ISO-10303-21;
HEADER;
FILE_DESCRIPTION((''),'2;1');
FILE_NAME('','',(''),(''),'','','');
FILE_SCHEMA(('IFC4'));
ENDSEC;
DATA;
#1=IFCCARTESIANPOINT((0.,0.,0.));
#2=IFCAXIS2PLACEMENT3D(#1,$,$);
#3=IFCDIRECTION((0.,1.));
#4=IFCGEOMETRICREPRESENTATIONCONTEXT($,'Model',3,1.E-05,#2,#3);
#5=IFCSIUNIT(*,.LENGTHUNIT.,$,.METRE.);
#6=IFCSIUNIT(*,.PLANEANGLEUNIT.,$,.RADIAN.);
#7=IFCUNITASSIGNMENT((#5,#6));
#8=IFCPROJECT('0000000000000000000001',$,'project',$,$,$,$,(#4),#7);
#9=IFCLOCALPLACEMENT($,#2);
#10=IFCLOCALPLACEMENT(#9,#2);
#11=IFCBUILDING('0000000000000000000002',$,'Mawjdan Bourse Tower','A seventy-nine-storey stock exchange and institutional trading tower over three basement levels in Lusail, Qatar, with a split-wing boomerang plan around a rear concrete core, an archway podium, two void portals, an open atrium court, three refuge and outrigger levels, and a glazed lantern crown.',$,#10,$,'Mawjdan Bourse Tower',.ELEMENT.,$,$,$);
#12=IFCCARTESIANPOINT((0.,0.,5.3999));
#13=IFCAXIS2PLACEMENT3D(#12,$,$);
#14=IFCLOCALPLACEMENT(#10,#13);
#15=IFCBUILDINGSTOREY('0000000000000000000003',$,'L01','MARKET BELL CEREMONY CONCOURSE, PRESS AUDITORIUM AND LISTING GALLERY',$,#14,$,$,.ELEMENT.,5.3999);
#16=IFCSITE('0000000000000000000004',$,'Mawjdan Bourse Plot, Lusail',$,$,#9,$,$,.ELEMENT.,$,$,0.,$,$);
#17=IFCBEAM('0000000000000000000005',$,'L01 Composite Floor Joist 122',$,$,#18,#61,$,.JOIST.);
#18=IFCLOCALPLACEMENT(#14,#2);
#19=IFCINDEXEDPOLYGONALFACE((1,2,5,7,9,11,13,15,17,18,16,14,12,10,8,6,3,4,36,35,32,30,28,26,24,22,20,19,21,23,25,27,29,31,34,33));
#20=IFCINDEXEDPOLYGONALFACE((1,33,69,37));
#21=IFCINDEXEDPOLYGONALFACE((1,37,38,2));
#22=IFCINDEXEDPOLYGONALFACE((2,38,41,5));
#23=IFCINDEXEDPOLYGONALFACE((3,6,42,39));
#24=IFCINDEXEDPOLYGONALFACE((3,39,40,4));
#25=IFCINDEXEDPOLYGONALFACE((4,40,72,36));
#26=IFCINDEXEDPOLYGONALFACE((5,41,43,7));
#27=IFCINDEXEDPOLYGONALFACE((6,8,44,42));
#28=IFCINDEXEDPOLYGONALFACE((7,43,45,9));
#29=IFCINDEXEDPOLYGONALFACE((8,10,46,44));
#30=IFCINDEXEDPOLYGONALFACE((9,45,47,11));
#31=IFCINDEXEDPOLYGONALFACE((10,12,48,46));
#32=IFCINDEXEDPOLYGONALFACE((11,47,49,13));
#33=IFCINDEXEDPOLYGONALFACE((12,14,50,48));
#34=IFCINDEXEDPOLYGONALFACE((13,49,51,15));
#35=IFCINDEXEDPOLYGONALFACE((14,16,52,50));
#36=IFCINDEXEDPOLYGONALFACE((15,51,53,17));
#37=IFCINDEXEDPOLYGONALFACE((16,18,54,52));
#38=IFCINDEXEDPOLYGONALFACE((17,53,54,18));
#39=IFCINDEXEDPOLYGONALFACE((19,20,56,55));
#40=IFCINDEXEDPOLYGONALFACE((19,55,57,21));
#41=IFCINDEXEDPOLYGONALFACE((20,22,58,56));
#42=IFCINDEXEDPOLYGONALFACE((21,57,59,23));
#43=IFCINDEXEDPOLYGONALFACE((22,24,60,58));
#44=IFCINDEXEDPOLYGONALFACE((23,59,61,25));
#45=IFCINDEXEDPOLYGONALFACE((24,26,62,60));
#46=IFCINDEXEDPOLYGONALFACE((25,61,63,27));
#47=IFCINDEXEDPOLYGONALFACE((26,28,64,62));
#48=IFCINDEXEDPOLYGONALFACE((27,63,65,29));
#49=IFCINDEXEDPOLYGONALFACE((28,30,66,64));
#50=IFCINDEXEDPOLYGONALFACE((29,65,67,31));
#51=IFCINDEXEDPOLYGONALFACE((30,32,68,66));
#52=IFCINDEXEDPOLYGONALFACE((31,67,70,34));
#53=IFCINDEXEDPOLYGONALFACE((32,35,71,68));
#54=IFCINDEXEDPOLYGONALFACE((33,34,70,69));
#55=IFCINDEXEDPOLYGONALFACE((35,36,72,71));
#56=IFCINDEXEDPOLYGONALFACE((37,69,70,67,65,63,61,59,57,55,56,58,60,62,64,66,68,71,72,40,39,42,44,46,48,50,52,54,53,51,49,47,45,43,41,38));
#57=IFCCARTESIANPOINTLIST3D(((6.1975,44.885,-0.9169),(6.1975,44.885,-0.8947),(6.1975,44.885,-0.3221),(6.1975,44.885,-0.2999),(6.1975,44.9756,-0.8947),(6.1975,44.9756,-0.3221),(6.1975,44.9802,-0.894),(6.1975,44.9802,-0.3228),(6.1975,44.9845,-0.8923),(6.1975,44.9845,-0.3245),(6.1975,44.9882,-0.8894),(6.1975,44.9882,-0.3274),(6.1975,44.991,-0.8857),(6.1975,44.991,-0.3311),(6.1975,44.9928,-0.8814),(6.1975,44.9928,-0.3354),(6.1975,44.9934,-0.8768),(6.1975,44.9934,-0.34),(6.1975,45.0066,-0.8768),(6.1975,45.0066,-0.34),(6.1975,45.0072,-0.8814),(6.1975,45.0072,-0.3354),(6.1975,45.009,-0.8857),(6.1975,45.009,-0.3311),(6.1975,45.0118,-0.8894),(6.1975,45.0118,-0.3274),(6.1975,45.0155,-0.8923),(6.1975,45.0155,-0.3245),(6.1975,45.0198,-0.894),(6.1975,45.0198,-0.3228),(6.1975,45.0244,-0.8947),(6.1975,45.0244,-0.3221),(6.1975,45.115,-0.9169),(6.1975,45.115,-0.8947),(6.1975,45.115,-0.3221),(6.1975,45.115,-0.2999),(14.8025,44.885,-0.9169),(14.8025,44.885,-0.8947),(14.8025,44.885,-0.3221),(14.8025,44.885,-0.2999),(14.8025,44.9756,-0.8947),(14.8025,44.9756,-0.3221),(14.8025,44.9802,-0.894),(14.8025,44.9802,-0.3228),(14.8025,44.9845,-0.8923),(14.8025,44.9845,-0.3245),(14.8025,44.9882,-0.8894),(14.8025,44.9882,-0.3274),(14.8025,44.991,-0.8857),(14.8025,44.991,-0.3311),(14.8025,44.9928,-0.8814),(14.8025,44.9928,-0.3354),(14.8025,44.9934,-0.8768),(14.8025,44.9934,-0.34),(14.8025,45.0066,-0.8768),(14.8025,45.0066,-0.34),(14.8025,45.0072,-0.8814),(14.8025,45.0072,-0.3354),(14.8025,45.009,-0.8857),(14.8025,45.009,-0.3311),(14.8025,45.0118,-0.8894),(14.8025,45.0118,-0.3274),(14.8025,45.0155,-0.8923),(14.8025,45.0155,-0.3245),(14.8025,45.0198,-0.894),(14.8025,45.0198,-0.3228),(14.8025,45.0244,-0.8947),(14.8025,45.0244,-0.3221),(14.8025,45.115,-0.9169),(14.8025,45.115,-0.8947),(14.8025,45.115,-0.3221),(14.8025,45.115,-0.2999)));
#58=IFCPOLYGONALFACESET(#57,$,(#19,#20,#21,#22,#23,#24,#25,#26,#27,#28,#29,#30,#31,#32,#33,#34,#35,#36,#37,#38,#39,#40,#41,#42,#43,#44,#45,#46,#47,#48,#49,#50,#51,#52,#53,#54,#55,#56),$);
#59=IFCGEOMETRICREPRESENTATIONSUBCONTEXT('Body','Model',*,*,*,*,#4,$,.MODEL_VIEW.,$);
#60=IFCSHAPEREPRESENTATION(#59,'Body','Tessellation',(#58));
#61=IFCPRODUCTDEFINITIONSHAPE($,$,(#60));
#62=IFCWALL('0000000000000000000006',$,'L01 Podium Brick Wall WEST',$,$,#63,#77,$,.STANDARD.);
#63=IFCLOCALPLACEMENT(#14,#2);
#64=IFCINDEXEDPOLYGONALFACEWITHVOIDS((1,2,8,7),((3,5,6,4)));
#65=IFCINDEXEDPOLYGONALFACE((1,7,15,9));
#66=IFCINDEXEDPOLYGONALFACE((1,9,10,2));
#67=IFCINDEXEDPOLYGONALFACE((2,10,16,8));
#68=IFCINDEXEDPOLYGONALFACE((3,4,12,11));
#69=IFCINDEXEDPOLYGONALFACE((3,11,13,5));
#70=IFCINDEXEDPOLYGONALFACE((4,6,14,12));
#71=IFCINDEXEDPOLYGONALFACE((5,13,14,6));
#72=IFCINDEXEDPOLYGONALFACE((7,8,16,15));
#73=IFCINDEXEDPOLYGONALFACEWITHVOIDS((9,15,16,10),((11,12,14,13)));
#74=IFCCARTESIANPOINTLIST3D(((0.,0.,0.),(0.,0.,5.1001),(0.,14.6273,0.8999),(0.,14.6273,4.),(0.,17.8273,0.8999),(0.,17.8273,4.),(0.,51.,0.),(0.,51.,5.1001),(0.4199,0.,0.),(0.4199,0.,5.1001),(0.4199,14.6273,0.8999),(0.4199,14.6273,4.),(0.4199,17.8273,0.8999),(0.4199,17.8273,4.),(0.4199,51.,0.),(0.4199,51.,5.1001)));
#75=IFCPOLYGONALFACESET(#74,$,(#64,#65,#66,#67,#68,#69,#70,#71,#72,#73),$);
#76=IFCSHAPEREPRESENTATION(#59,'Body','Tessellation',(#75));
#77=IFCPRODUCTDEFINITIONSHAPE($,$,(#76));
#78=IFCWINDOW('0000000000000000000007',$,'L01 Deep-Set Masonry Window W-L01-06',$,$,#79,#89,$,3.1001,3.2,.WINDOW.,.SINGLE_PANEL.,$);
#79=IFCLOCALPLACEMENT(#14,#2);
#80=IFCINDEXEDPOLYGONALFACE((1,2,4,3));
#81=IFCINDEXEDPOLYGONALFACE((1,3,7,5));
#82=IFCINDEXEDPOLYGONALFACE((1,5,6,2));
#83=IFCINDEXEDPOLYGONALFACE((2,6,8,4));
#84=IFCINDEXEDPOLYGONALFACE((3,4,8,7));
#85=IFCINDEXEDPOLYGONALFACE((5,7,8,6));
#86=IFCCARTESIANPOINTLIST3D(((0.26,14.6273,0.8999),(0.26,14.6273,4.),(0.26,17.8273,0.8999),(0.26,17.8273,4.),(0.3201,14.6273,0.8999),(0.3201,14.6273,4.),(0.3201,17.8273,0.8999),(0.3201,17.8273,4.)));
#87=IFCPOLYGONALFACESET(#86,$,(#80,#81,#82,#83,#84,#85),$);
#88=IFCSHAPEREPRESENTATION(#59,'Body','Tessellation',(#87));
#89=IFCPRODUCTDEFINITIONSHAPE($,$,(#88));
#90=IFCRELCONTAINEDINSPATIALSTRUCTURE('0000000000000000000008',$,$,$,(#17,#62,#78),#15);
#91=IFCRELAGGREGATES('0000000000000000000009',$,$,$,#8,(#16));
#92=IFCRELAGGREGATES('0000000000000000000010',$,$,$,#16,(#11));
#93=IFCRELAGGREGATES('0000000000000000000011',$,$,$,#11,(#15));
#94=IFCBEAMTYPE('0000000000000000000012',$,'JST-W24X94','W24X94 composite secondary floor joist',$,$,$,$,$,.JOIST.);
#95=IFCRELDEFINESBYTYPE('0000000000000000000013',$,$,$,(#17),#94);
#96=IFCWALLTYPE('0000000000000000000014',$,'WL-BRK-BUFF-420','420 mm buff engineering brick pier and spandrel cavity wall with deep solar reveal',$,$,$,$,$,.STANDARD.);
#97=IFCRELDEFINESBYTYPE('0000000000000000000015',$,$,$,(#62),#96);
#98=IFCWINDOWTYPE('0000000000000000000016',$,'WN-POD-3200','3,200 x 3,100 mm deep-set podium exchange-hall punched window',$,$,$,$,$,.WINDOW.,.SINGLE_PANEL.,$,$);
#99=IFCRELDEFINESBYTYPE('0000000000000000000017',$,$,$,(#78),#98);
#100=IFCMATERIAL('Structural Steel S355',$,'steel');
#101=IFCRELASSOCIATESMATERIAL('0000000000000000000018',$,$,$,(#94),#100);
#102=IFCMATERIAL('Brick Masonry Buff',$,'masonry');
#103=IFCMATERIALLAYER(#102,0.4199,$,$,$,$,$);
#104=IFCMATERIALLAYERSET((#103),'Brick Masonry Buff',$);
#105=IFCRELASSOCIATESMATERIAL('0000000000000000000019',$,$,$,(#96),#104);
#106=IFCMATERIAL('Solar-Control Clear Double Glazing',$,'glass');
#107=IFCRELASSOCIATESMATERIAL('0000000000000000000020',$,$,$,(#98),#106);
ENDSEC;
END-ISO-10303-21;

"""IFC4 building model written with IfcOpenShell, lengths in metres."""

from ifc_helpers import new_model, si_unit, direction, frame, frame_2d, origin, origin_2d, place, context, subcontext, project, spatial, rectangle, i_section, extrude, material, layer, layer_set, material_profile, profile_set, type_object, element, fill, save


model = new_model("IFC4")

# Units and contexts
model_context = context("Model", 3, precision=1e-05, world=origin(), true_north=direction((0.0, 1.0)))
body_context = subcontext(model_context, "Body", "Model", "MODEL_VIEW")
ifc_project = project(units=[si_unit("LENGTHUNIT", "METRE"), si_unit("PLANEANGLEUNIT", "RADIAN")], contexts=[model_context])

# Site, building, storey
site_placement = place(None, origin())
site = spatial("IfcSite", under=ifc_project, at=site_placement, Name="Mawjdan Bourse Plot, Lusail", CompositionType="ELEMENT", RefElevation=0.0)
building_placement = place(site_placement, origin())
building = spatial("IfcBuilding", under=site, at=building_placement, Name="Mawjdan Bourse Tower", Description="A seventy-nine-storey stock exchange and institutional trading tower over three basement levels in Lusail, Qatar, with a split-wing boomerang plan around a rear concrete core, an archway podium, two void portals, an open atrium court, three refuge and outrigger levels, and a glazed lantern crown.", LongName="Mawjdan Bourse Tower", CompositionType="ELEMENT")
storey_placement = place(building_placement, frame((0.0, 0.0, 5.3999)))
storey = spatial("IfcBuildingStorey", under=building, at=storey_placement, Name="L01", Description="MARKET BELL CEREMONY CONCOURSE, PRESS AUDITORIUM AND LISTING GALLERY", CompositionType="ELEMENT", Elevation=5.3999)

# Beam
ifc_material_1 = material(Name="Structural Steel S355", Category="steel")
ifc_material_profile_1 = material_profile(ifc_material_1, i_section(OverallWidth=0.23, OverallDepth=0.6169, WebThickness=0.0132, FlangeThickness=0.0222, FilletRadius=0.0178, at=origin_2d()), Name="W24X94")
ifc_profile_set_1 = profile_set([ifc_material_profile_1], Name="Structural Steel S355")
beam_type_1 = type_object("IfcBeamType", Name="JST-W24X94", Description="W24X94 composite secondary floor joist", PredefinedType="JOIST", material=ifc_profile_set_1)
beam_1_placement = place(storey_placement, frame((6.1975, 45.0, -0.6084), z_axis=(1.0, 0.0, 0.0), x_axis=(0.0, 1.0, 0.0)))
element("IfcBeam", 1, at=beam_1_placement, inside=storey, type_object=beam_type_1, Name="L01 Composite Floor Joist 122", PredefinedType="JOIST", context=body_context, shape_type="SweptSolid", body=[
    extrude(i_section(OverallWidth=0.23, OverallDepth=0.6169, WebThickness=0.0132, FlangeThickness=0.0222, FilletRadius=0.0178, at=origin_2d()), origin(), (0.0, 0.0, 1.0), 8.605),
])

# Wall, opening, window
ifc_material_2 = material(Name="Brick Masonry Buff", Category="masonry")
ifc_layer = layer(ifc_material_2, 0.4199)
ifc_layer_set = layer_set([ifc_layer], Name="Brick Masonry Buff")
wall_type = type_object("IfcWallType", Name="WL-BRK-BUFF-420", Description="420 mm buff engineering brick pier and spandrel cavity wall with deep solar reveal", PredefinedType="STANDARD", material=ifc_layer_set)
wall_placement = place(storey_placement, frame((0.21, 51.0, 0.0), z_axis=(0.0, 0.0, 1.0), x_axis=(0.0, -1.0, 0.0)))
wall = element("IfcWall", 2, at=wall_placement, inside=storey, type_object=wall_type, Name="L01 Podium Brick Wall WEST", PredefinedType="STANDARD", context=body_context, shape_type="SweptSolid", body=[
    extrude(rectangle(XDim=51.0, YDim=0.4199, at=frame_2d((25.5, 0.0))), origin(), (0.0, 0.0, 1.0), 5.1001),
])
opening_placement = place(wall_placement, frame((33.1726, 0.0, 0.8999)))
opening = element("IfcOpeningElement", 3, at=opening_placement, cuts=wall, PredefinedType="OPENING", context=body_context, shape_type="SweptSolid", body=[
    extrude(rectangle(XDim=3.2, YDim=3.1001, at=frame_2d((1.6001, 1.55))), frame((0.0, 0.22, 0.0), z_axis=(0.0, -1.0, 0.0), x_axis=(1.0, 0.0, 0.0)), (0.0, 0.0, 1.0), 0.4399),
])
ifc_material_3 = material(Name="Solar-Control Clear Double Glazing", Category="glass")
window_type = type_object("IfcWindowType", Name="WN-POD-3200", Description="3,200 x 3,100 mm deep-set podium exchange-hall punched window", PartitioningType="SINGLE_PANEL", PredefinedType="WINDOW", material=ifc_material_3)
window_placement = place(opening_placement, origin())
window = element("IfcWindow", 4, at=window_placement, inside=storey, type_object=window_type, Name="L01 Deep-Set Masonry Window W-L01-06", OverallHeight=3.1001, OverallWidth=3.2, PartitioningType="SINGLE_PANEL", PredefinedType="WINDOW", context=body_context, shape_type="SweptSolid", body=[
    extrude(rectangle(XDim=3.2, YDim=3.1001, at=frame_2d((1.6001, 1.55))), frame((0.0, 0.1101, 0.0), z_axis=(0.0, -1.0, 0.0), x_axis=(1.0, 0.0, 0.0)), (0.0, 0.0, 1.0), 0.0601),
])
fill(opening, window)

save(model, "model.ifc")
